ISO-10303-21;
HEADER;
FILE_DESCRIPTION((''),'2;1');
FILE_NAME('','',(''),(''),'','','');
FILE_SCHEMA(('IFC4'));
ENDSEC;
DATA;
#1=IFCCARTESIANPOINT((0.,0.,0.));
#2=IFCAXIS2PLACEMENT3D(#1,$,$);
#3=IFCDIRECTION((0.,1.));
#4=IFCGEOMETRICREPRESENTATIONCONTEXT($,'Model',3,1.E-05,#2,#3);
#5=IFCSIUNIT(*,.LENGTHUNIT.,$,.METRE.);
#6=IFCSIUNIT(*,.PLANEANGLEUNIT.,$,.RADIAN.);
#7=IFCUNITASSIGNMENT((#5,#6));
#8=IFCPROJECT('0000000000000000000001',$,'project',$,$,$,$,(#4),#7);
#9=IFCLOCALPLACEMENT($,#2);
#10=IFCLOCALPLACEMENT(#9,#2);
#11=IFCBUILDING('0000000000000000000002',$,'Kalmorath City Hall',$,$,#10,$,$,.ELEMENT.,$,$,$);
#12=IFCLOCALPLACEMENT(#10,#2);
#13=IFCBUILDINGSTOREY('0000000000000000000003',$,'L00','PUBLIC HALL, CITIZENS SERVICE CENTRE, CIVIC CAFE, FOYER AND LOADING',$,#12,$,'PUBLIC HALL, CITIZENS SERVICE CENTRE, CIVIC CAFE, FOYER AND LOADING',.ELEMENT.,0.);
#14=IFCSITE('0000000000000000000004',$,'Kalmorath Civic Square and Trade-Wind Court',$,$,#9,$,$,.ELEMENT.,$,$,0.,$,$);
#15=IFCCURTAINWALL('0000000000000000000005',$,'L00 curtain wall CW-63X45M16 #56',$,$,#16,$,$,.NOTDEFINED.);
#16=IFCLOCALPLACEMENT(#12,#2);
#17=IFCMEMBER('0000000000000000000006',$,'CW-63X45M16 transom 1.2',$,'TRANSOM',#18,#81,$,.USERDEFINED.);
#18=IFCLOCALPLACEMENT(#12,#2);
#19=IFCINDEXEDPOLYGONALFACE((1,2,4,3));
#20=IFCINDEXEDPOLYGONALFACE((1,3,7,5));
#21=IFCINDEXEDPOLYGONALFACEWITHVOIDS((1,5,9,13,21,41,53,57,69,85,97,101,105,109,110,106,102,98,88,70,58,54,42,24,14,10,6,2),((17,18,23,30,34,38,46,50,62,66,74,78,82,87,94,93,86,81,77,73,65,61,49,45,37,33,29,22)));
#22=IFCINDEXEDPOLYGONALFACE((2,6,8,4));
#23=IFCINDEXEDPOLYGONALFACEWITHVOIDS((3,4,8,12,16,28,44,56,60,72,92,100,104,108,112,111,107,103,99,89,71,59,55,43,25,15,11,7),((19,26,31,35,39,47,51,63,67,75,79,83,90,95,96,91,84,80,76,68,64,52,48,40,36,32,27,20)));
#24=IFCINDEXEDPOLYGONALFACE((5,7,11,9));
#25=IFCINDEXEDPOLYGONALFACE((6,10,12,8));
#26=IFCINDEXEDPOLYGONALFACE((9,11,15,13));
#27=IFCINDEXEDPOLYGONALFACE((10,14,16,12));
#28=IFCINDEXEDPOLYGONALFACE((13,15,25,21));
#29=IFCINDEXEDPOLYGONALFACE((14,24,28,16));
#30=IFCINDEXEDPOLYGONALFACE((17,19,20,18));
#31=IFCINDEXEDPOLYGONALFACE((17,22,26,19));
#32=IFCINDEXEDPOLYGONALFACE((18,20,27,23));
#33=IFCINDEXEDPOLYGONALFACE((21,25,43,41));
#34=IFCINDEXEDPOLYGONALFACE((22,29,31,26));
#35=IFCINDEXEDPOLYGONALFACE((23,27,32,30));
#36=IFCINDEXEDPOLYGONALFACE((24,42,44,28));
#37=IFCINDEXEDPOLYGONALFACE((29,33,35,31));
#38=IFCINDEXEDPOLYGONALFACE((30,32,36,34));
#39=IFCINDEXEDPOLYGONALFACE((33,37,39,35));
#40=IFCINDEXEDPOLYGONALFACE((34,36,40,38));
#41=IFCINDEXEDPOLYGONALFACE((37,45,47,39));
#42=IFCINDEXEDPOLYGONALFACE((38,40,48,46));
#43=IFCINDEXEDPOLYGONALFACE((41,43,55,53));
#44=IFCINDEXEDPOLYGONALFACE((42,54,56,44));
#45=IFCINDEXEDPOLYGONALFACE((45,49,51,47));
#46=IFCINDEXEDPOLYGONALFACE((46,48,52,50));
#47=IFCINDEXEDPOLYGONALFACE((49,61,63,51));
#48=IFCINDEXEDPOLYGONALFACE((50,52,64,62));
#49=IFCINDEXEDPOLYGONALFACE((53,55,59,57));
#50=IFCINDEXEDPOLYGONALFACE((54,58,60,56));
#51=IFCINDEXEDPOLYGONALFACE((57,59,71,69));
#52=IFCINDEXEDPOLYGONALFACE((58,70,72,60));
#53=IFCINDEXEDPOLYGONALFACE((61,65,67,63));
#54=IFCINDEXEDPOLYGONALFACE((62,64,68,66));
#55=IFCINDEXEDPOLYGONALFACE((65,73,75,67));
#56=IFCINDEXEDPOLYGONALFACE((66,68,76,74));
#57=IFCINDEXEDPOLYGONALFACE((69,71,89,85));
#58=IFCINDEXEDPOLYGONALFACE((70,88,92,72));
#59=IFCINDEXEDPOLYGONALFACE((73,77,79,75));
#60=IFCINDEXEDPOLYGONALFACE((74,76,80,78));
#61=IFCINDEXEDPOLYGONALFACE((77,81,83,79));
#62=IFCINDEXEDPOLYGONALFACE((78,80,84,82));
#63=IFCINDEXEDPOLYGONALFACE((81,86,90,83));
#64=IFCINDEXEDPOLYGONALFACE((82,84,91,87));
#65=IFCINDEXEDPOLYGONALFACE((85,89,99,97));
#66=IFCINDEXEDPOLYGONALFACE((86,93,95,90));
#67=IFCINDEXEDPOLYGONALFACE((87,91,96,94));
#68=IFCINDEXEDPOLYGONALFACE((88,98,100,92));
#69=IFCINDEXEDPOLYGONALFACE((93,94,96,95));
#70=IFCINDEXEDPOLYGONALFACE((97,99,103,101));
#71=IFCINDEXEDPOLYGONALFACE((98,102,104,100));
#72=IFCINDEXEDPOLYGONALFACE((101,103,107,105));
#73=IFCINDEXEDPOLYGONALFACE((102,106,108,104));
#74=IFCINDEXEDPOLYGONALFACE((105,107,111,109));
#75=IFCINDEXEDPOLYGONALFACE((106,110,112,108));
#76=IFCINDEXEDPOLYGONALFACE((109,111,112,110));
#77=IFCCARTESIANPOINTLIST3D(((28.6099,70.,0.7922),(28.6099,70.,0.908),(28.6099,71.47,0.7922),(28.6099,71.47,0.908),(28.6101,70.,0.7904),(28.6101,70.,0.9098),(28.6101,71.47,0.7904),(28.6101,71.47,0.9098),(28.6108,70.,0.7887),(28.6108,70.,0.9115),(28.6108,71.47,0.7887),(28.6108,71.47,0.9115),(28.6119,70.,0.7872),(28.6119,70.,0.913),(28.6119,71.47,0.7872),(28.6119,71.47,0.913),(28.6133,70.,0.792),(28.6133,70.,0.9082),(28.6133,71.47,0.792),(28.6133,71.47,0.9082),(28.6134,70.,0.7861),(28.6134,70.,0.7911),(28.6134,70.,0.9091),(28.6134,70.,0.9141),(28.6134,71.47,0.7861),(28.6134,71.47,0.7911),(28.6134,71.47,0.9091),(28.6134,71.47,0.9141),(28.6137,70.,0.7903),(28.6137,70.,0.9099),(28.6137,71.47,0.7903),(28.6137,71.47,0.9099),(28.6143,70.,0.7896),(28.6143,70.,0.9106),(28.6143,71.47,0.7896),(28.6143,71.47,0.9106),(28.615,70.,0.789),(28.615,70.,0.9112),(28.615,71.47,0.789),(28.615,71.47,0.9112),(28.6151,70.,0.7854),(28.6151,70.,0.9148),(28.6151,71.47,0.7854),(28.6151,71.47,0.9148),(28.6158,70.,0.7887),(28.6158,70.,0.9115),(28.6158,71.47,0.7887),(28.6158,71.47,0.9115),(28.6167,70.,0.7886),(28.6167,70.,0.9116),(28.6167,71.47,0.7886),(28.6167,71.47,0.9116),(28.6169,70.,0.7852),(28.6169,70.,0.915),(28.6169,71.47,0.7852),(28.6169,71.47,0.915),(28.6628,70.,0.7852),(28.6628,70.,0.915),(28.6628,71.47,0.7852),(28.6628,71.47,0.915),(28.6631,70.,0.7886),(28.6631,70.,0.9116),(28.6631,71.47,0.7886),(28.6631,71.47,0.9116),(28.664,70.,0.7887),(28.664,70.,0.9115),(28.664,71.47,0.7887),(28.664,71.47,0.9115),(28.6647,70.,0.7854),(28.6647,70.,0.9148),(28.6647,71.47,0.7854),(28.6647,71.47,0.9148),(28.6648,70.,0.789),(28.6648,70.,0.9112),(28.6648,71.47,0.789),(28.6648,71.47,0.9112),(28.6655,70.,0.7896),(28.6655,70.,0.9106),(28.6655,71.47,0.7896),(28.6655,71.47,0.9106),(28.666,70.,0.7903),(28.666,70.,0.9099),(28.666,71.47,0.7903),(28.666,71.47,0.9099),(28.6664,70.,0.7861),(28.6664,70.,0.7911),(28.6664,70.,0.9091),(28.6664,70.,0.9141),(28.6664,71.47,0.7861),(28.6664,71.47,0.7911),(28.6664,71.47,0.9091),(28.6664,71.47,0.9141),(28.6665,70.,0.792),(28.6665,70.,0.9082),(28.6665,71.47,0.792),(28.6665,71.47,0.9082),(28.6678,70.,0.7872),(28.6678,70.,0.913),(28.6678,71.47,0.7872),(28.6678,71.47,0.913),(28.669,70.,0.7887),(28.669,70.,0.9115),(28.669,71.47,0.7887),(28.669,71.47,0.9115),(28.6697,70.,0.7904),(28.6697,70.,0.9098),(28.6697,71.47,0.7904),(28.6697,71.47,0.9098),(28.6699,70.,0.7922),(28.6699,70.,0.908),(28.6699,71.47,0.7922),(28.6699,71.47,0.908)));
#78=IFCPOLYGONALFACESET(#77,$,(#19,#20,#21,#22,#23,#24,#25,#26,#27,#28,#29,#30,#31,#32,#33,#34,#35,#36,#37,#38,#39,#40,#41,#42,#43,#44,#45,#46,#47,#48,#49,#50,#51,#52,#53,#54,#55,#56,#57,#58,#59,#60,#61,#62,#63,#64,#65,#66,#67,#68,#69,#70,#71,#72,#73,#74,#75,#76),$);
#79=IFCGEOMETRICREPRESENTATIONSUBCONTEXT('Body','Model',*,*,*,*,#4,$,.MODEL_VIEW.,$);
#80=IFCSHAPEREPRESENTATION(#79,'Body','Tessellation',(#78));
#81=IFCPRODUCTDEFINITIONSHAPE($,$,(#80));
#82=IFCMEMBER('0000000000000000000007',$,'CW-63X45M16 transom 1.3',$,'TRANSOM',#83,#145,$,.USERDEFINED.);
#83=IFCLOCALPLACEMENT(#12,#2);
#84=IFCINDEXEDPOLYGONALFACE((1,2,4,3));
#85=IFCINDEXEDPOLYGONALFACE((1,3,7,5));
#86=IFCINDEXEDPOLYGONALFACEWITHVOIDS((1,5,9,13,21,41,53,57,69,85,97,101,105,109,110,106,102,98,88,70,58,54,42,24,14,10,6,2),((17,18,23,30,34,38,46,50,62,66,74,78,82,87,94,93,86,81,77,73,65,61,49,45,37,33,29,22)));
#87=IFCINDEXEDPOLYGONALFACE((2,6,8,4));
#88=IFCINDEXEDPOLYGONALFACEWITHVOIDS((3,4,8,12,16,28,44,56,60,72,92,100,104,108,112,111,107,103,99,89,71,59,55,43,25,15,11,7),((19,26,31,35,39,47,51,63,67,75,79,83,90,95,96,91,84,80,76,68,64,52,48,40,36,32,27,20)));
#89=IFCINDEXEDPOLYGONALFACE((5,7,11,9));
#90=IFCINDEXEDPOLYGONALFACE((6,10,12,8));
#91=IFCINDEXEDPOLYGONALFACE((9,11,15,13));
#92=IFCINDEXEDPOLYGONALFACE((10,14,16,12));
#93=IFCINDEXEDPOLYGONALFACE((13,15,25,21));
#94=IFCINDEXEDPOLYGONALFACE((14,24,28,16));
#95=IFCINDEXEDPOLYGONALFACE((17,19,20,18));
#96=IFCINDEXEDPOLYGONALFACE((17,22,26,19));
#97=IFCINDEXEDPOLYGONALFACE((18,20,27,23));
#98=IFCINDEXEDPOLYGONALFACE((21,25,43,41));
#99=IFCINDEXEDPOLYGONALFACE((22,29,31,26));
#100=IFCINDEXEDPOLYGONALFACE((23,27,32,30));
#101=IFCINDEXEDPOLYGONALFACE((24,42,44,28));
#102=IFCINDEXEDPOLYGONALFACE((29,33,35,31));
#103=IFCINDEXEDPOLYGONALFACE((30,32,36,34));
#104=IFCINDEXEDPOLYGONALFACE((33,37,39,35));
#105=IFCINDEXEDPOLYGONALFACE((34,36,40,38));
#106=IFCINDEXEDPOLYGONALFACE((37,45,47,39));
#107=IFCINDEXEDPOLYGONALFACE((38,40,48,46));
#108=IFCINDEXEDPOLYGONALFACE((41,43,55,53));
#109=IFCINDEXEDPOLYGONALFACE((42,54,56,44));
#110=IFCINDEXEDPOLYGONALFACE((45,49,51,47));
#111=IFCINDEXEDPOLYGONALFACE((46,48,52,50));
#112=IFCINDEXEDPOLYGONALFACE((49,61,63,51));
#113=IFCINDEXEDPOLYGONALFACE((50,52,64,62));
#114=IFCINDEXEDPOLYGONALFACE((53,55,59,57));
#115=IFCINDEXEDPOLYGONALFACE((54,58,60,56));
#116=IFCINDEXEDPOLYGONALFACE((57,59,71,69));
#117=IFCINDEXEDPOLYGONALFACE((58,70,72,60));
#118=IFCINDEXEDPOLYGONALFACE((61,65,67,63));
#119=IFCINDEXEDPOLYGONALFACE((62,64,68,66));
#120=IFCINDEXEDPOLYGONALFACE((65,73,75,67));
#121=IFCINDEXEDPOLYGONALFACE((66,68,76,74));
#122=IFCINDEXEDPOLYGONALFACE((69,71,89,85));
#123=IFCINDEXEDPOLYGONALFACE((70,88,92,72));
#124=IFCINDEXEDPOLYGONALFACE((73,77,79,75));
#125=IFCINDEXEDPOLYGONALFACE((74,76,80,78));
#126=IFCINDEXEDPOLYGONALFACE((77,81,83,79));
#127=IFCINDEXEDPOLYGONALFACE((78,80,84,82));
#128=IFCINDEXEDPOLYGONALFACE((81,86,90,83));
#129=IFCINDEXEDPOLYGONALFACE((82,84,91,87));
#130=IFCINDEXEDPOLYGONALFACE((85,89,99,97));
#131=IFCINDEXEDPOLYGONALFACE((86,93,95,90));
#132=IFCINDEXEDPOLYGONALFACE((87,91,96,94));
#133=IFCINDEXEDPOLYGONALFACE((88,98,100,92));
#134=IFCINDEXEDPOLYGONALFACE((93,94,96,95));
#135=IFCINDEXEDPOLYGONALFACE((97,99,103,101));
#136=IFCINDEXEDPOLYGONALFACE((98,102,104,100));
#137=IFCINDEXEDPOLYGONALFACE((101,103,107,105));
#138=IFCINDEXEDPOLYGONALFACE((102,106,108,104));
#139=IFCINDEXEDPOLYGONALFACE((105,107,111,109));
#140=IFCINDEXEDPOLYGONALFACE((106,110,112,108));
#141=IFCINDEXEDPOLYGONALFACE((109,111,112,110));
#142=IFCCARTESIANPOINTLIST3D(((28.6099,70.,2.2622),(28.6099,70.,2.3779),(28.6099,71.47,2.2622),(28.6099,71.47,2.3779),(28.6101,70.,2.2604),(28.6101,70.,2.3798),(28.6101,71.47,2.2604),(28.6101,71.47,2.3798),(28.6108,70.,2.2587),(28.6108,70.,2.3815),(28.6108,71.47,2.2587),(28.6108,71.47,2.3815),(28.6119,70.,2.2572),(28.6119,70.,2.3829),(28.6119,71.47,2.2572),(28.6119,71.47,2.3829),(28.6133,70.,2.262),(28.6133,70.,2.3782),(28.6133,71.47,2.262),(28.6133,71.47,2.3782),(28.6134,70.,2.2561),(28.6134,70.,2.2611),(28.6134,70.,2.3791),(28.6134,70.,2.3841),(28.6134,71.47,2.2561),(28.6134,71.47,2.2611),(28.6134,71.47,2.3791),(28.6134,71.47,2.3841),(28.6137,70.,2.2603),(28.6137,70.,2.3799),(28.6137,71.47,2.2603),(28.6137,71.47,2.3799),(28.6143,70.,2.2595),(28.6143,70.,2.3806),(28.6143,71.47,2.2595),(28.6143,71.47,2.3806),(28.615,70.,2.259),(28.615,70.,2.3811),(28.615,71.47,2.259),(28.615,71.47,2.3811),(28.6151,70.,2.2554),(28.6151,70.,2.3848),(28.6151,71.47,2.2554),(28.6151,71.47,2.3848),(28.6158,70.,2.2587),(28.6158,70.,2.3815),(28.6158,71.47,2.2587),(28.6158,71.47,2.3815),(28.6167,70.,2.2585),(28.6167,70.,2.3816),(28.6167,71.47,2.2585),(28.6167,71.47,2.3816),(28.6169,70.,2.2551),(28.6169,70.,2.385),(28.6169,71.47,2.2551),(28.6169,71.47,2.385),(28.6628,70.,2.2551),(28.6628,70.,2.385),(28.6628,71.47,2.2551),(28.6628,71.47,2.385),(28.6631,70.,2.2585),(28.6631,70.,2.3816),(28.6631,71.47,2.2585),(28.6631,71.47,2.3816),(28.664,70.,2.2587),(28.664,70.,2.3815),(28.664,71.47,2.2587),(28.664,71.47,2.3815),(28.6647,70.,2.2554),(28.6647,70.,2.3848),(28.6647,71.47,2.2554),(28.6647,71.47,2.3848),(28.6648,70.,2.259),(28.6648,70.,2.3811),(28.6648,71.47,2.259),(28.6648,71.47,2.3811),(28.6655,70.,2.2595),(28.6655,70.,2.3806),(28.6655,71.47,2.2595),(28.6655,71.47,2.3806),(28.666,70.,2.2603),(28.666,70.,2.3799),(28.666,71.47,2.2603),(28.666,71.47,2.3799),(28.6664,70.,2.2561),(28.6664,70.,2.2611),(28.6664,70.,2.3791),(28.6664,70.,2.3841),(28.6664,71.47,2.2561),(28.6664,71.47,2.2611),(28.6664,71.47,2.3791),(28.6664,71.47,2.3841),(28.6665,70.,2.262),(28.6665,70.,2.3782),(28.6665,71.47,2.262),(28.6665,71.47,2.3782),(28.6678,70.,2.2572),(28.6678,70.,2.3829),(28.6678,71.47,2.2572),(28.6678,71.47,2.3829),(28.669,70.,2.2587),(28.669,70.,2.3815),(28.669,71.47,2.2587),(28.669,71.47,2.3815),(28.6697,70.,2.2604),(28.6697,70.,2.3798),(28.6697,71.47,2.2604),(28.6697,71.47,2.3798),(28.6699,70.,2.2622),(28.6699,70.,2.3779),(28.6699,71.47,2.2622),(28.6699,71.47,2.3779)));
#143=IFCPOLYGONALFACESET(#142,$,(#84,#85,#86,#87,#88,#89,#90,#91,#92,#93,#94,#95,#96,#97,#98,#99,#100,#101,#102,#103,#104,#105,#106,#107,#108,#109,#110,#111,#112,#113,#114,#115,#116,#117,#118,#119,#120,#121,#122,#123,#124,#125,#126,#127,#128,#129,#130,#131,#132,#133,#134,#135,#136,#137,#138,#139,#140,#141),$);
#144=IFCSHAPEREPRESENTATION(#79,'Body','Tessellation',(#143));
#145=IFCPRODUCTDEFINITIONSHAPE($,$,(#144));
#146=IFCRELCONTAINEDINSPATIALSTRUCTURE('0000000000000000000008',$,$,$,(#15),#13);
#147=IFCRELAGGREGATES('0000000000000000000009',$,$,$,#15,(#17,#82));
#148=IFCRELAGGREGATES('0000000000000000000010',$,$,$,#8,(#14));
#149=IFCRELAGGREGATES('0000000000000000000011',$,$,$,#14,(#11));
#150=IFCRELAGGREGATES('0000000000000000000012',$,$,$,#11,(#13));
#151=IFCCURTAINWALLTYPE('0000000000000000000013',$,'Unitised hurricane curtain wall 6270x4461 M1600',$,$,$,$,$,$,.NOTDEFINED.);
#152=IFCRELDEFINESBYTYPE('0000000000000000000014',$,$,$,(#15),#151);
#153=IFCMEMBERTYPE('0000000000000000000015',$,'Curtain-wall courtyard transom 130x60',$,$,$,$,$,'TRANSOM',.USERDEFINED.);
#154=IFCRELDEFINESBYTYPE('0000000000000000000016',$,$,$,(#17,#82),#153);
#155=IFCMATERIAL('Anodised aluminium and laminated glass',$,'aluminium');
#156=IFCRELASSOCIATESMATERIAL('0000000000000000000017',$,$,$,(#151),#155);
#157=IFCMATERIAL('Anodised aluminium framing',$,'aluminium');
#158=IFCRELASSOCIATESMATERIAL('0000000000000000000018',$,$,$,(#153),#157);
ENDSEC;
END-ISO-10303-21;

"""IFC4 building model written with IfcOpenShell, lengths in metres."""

from ifc_helpers import new_model, si_unit, direction, frame, origin, origin_2d, place, context, subcontext, project, spatial, hollow_rectangle, extrude, material, material_profile, profile_set, type_object, element, aggregate, save


model = new_model("IFC4")

# Units and contexts
model_context = context("Model", 3, precision=1e-05, world=origin(), true_north=direction((0.0, 1.0)))
body_context = subcontext(model_context, "Body", "Model", "MODEL_VIEW")
ifc_project = project(units=[si_unit("LENGTHUNIT", "METRE"), si_unit("PLANEANGLEUNIT", "RADIAN")], contexts=[model_context])

# Site, building, storey
site_placement = place(None, origin())
site = spatial("IfcSite", under=ifc_project, at=site_placement, Name="Kalmorath Civic Square and Trade-Wind Court", CompositionType="ELEMENT", RefElevation=0.0)
building_placement = place(site_placement, origin())
building = spatial("IfcBuilding", under=site, at=building_placement, Name="Kalmorath City Hall", CompositionType="ELEMENT")
storey_placement = place(building_placement, origin())
storey = spatial("IfcBuildingStorey", under=building, at=storey_placement, Name="L00", Description="PUBLIC HALL, CITIZENS SERVICE CENTRE, CIVIC CAFE, FOYER AND LOADING", LongName="PUBLIC HALL, CITIZENS SERVICE CENTRE, CIVIC CAFE, FOYER AND LOADING", CompositionType="ELEMENT", Elevation=0.0)

# Curtain wall, members
ifc_material_1 = material(Name="Anodised aluminium and laminated glass", Category="aluminium")
curtain_wall_type = type_object("IfcCurtainWallType", Name="Unitised hurricane curtain wall 6270x4461 M1600", PredefinedType="NOTDEFINED", material=ifc_material_1)
curtain_wall_placement = place(storey_placement, origin())
curtain_wall = element("IfcCurtainWall", 1, at=curtain_wall_placement, inside=storey, type_object=curtain_wall_type, Name="L00 curtain wall CW-63X45M16 #56", PredefinedType="NOTDEFINED")
ifc_material_2 = material(Name="Anodised aluminium framing", Category="aluminium")
ifc_material_profile_1 = material_profile(ifc_material_2, hollow_rectangle(XDim=0.0601, YDim=0.1299, WallThickness=0.0034, InnerFilletRadius=0.0034, OuterFilletRadius=0.0071, at=origin_2d()), Name="ALU-TRN-130X60X3.5")
ifc_profile_set_1 = profile_set([ifc_material_profile_1], Name="Anodised aluminium framing")
member_type_1 = type_object("IfcMemberType", Name="Curtain-wall courtyard transom 130x60", ElementType="TRANSOM", PredefinedType="USERDEFINED", material=ifc_profile_set_1)
member_1_placement = place(storey_placement, frame((28.6399, 71.47, 0.8501), z_axis=(0.0, -1.0, 0.0), x_axis=(1.0, 0.0, 0.0)))
member_1 = element("IfcMember", 2, at=member_1_placement, type_object=member_type_1, Name="CW-63X45M16 transom 1.2", ObjectType="TRANSOM", PredefinedType="USERDEFINED", context=body_context, shape_type="SweptSolid", body=[
    extrude(hollow_rectangle(XDim=0.0601, YDim=0.1299, WallThickness=0.0034, InnerFilletRadius=0.0034, OuterFilletRadius=0.0071, at=origin_2d()), origin(), (0.0, 0.0, 1.0), 1.47),
])
member_2_placement = place(storey_placement, frame((28.6399, 71.47, 2.3201), z_axis=(0.0, -1.0, 0.0), x_axis=(1.0, 0.0, 0.0)))
member_2 = element("IfcMember", 3, at=member_2_placement, type_object=member_type_1, Name="CW-63X45M16 transom 1.3", ObjectType="TRANSOM", PredefinedType="USERDEFINED", context=body_context, shape_type="SweptSolid", body=[
    extrude(hollow_rectangle(XDim=0.0601, YDim=0.1299, WallThickness=0.0034, InnerFilletRadius=0.0034, OuterFilletRadius=0.0071, at=origin_2d()), origin(), (0.0, 0.0, 1.0), 1.47),
])

aggregate(curtain_wall, [member_1, member_2])

save(model, "model.ifc")
